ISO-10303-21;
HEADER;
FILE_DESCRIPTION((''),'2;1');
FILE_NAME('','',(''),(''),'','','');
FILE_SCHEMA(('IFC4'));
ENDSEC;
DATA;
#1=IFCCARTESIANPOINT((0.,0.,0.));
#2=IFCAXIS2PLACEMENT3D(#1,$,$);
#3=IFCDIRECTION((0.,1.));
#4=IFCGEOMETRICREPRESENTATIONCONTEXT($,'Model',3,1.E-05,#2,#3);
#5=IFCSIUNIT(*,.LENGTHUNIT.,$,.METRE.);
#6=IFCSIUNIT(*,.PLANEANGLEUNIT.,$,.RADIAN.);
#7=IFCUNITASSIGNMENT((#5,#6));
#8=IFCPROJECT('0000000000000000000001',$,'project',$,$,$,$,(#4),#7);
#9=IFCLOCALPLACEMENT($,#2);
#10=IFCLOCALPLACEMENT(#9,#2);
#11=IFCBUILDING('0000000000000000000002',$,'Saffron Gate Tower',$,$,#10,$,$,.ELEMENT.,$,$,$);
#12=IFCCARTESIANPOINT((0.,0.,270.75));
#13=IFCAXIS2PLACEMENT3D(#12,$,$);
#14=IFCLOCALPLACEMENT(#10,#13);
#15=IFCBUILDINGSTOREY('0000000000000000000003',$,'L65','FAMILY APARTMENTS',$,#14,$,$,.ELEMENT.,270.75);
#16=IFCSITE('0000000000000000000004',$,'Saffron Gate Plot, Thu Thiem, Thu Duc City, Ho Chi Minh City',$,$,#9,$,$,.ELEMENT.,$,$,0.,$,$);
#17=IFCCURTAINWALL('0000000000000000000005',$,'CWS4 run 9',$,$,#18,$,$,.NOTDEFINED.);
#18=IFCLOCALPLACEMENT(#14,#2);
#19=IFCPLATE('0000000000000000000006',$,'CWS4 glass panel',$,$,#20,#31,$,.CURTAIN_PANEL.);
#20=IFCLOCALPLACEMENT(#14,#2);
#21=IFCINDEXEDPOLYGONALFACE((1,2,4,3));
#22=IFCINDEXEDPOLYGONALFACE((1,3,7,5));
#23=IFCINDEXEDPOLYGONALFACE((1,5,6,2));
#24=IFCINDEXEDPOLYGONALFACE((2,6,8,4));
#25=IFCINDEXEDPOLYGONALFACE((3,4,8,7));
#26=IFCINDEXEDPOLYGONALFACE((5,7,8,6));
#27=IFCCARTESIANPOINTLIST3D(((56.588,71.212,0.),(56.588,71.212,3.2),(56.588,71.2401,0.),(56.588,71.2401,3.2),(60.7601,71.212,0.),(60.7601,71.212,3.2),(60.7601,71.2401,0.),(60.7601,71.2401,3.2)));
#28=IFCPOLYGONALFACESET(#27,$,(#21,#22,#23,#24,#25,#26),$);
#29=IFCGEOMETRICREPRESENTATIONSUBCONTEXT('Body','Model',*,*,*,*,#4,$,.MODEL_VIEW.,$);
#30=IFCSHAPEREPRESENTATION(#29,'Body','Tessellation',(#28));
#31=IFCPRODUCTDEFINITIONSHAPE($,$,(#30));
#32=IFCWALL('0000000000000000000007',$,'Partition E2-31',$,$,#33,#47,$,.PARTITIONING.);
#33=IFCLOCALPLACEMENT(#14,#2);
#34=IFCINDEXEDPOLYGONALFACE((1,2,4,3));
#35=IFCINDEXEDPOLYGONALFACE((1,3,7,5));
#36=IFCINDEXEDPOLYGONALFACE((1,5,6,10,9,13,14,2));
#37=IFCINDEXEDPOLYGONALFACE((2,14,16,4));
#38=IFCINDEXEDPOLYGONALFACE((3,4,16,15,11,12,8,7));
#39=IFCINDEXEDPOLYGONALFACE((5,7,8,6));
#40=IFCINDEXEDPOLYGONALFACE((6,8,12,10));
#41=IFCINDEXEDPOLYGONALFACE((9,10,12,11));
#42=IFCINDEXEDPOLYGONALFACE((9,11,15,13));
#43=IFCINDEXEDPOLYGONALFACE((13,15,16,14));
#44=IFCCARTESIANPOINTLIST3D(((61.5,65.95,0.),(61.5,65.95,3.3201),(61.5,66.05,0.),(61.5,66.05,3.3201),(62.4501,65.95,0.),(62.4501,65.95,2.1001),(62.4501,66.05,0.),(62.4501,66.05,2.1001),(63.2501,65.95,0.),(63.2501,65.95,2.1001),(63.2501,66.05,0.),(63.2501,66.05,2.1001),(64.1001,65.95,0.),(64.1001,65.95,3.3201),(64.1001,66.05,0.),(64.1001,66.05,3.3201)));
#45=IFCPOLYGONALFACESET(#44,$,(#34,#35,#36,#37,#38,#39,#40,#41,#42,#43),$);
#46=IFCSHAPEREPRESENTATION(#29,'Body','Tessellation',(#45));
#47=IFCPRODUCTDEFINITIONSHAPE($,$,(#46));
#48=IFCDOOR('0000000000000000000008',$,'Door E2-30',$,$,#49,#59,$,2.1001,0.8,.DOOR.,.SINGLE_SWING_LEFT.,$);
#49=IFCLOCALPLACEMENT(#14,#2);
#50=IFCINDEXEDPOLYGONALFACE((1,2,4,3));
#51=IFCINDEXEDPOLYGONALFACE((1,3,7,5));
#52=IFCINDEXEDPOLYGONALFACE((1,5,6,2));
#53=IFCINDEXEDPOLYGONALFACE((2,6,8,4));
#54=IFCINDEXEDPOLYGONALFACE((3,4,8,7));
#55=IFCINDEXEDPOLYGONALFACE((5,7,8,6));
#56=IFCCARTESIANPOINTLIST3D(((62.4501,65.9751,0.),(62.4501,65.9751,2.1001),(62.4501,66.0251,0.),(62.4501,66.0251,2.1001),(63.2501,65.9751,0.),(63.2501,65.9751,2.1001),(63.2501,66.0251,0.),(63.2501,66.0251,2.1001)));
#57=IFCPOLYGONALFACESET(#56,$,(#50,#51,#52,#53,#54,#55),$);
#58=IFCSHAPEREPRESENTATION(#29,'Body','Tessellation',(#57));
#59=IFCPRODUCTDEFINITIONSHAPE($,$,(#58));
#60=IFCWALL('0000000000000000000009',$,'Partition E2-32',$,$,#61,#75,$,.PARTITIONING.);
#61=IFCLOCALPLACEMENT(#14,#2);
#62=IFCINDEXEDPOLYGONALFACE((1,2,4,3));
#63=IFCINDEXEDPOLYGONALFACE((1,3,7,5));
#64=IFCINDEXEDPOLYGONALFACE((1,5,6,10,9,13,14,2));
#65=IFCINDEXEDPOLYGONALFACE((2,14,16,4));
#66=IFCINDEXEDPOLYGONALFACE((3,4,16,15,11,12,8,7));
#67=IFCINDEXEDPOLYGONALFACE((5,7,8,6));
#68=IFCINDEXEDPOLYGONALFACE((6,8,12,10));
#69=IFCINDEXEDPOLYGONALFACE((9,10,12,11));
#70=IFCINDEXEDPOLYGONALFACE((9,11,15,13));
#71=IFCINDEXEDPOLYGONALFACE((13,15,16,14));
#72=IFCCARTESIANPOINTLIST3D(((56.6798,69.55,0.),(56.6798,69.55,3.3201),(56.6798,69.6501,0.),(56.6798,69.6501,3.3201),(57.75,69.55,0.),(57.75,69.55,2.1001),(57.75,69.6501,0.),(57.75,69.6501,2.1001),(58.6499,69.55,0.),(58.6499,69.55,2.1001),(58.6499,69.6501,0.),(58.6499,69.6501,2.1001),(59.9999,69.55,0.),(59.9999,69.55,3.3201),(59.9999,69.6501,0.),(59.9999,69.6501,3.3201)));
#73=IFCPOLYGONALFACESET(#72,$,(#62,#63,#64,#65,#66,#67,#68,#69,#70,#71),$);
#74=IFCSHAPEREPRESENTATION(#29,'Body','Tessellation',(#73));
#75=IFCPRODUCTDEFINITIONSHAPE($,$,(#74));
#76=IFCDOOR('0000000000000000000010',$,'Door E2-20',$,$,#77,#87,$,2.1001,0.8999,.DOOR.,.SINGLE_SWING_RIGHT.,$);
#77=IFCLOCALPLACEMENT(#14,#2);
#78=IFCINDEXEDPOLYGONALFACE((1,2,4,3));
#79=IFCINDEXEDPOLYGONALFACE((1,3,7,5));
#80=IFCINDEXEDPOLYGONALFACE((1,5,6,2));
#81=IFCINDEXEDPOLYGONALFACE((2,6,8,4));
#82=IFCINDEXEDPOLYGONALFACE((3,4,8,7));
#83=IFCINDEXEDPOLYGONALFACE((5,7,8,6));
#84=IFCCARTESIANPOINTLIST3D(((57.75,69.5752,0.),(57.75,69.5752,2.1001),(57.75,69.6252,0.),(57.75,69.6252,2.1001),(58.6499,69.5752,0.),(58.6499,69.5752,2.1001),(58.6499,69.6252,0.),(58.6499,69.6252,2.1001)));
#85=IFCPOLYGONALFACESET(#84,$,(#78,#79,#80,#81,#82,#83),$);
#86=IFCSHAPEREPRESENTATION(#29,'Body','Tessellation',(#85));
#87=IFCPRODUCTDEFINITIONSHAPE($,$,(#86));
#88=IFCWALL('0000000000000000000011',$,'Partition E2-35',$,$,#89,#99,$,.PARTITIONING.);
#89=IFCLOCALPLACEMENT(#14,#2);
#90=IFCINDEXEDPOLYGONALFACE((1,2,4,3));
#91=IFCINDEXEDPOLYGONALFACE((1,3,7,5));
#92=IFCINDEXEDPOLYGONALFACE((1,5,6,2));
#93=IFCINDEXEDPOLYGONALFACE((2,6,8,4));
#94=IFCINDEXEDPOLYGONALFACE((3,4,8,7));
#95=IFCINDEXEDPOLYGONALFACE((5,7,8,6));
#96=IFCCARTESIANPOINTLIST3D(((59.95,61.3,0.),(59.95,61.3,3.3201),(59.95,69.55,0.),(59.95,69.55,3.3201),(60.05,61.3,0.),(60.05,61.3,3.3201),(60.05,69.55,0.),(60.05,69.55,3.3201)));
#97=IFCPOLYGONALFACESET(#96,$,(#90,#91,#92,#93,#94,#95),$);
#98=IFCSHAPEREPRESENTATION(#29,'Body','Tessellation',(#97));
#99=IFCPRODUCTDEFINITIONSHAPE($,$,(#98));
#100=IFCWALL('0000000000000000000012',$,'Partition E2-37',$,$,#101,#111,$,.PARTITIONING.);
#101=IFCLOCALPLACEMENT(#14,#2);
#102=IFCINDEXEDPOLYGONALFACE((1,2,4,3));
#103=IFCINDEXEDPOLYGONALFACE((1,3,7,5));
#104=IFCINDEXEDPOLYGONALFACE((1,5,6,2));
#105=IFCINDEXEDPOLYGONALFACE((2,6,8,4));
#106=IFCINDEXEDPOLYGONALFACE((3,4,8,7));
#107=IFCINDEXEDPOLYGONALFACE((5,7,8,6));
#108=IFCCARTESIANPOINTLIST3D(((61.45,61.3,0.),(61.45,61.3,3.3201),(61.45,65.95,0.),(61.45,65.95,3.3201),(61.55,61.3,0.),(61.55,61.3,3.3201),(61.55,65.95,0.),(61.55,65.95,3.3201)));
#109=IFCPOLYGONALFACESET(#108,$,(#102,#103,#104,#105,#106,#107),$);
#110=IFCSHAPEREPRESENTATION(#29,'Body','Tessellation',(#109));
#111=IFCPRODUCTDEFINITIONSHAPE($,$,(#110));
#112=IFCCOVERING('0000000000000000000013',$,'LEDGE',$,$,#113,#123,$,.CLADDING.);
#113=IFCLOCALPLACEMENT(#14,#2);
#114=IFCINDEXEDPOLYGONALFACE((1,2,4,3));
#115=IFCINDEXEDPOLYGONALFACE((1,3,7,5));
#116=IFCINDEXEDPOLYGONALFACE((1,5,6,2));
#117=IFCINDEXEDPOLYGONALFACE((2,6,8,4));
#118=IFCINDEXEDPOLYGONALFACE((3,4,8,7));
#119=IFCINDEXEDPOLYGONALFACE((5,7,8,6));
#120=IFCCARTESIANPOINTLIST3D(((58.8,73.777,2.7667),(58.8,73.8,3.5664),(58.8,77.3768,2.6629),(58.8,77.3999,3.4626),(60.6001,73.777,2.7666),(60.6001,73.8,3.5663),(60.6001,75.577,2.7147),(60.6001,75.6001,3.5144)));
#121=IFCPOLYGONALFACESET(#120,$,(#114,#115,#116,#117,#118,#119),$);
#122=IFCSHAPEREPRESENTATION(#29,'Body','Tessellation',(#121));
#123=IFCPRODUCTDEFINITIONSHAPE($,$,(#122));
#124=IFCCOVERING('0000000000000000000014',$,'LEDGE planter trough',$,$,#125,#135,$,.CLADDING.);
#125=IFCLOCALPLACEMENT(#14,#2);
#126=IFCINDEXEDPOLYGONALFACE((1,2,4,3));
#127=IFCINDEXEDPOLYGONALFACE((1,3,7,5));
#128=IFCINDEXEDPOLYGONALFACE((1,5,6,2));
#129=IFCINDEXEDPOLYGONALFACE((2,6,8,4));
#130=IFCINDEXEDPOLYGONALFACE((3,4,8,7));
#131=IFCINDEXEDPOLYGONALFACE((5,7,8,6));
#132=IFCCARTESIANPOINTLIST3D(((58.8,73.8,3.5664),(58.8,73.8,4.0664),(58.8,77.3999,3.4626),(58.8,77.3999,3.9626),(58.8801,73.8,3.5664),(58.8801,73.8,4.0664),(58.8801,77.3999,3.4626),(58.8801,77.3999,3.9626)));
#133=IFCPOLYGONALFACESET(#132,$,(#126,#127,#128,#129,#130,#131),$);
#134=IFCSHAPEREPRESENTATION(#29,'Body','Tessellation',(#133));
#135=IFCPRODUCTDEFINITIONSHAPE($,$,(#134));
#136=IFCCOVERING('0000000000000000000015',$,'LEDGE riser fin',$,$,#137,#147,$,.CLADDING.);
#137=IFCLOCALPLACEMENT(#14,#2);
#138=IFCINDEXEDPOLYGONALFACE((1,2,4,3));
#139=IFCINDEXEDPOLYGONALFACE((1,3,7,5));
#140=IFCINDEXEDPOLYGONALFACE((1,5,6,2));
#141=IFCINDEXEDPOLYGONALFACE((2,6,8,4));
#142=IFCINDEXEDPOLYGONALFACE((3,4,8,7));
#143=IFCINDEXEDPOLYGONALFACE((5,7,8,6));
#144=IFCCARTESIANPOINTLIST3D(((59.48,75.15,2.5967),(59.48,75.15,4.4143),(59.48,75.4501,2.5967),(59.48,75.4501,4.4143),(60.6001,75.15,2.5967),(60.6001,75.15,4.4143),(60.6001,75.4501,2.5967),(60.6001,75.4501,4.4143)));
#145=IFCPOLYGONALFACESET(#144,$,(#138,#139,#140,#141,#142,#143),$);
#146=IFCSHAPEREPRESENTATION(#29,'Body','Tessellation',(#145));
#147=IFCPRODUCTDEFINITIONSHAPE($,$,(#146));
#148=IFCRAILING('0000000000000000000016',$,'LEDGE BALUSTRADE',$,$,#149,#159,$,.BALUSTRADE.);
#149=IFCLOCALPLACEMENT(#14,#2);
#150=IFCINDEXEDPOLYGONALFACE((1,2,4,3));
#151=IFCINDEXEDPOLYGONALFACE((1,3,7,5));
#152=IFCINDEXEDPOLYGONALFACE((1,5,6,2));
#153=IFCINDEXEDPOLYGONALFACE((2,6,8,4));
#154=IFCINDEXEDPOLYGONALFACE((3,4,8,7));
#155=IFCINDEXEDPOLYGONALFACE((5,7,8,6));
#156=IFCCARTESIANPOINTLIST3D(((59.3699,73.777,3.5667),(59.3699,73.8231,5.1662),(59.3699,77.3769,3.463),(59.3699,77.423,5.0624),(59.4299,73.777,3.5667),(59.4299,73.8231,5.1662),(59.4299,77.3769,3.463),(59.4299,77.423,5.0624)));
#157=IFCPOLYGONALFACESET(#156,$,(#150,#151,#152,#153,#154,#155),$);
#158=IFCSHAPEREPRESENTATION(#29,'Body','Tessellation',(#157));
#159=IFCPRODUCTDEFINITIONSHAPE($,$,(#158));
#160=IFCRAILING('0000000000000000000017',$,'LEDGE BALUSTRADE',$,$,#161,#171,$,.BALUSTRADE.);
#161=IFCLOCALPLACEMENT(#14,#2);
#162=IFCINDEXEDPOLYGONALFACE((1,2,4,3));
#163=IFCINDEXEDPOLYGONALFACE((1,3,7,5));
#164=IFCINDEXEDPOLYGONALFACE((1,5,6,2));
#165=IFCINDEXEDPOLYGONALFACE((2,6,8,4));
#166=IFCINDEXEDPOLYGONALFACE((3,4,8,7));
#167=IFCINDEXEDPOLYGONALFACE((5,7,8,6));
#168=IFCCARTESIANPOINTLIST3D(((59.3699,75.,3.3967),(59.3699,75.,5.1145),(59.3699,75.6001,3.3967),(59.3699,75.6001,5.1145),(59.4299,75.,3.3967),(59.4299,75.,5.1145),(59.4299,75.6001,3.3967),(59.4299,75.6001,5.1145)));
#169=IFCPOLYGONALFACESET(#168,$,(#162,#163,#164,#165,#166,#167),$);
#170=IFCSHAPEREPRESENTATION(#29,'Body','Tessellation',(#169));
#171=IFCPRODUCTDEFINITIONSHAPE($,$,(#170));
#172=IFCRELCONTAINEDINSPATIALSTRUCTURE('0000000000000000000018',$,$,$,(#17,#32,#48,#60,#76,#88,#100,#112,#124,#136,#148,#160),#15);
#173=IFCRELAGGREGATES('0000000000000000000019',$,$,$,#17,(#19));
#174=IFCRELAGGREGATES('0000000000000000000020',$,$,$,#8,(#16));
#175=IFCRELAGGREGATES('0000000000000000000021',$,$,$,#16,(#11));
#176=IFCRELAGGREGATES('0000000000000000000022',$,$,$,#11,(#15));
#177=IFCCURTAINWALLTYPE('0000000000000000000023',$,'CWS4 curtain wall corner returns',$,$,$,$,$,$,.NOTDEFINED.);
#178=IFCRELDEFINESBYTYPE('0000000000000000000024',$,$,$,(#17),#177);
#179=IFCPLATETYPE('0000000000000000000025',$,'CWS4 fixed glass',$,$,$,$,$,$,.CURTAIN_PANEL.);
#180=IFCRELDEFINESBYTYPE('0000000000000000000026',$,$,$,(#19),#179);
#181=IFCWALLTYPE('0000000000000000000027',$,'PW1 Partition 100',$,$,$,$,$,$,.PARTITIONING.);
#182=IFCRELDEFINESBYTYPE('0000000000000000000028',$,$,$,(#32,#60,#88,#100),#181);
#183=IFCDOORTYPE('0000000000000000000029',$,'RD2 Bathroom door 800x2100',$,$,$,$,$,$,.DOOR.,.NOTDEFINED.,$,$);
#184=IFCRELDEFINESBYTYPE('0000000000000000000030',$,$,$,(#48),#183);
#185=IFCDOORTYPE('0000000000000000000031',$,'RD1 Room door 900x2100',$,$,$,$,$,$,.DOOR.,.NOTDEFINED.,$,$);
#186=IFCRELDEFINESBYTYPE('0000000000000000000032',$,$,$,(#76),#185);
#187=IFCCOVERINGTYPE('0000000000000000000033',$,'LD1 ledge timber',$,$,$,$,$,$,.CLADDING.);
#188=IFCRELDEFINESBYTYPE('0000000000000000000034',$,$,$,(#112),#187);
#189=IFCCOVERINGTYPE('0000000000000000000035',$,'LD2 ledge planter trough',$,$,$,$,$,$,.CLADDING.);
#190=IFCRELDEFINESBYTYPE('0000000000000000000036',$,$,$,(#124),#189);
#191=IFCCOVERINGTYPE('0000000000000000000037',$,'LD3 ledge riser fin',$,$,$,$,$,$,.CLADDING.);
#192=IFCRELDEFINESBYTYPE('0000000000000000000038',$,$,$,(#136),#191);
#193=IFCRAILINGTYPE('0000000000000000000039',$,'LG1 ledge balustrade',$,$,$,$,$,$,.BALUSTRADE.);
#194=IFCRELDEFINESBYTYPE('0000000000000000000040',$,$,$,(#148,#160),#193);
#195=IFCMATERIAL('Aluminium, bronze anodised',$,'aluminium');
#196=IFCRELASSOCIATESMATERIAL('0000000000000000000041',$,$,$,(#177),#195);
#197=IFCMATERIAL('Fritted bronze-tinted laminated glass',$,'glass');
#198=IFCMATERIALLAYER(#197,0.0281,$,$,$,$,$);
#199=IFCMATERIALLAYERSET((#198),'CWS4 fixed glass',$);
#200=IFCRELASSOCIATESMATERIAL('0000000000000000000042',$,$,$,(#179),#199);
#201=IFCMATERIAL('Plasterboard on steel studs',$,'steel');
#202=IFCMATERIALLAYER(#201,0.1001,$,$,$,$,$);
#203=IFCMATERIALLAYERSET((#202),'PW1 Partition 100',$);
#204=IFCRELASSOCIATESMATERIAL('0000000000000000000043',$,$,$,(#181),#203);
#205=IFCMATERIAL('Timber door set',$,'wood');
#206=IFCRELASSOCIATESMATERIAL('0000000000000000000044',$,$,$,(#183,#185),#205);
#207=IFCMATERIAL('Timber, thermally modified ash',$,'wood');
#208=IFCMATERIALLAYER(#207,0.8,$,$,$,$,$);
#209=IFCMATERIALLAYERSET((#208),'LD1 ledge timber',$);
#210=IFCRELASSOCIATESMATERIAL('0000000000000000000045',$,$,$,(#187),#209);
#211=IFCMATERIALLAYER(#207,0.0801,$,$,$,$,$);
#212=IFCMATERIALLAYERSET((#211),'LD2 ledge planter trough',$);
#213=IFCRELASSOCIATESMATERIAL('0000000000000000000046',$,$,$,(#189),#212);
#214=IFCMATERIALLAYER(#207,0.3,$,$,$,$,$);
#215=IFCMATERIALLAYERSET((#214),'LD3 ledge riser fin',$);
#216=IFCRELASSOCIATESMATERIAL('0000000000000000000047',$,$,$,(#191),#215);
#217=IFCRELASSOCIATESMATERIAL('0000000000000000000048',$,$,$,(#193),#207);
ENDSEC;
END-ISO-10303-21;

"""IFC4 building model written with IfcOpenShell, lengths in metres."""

from ifc_helpers import new_model, si_unit, direction, frame, frame_2d, origin, origin_2d, place, context, subcontext, project, spatial, polyline, rectangle, outline, extrude, material, layer, layer_set, type_object, element, fill, aggregate, save


model = new_model("IFC4")

# Units and contexts
model_context = context("Model", 3, precision=1e-05, world=origin(), true_north=direction((0.0, 1.0)))
body_context = subcontext(model_context, "Body", "Model", "MODEL_VIEW")
ifc_project = project(units=[si_unit("LENGTHUNIT", "METRE"), si_unit("PLANEANGLEUNIT", "RADIAN")], contexts=[model_context])

# Site, building, storey
site_placement = place(None, origin())
site = spatial("IfcSite", under=ifc_project, at=site_placement, Name="Saffron Gate Plot, Thu Thiem, Thu Duc City, Ho Chi Minh City", CompositionType="ELEMENT", RefElevation=0.0)
building_placement = place(site_placement, origin())
building = spatial("IfcBuilding", under=site, at=building_placement, Name="Saffron Gate Tower", CompositionType="ELEMENT")
storey_placement = place(building_placement, frame((0.0, 0.0, 270.75)))
storey = spatial("IfcBuildingStorey", under=building, at=storey_placement, Name="L65", Description="FAMILY APARTMENTS", CompositionType="ELEMENT", Elevation=270.75)

# Shared definitions
ifc_material_1 = material(Name="Aluminium, bronze anodised", Category="aluminium")

# Curtain wall
curtain_wall_type_1 = type_object("IfcCurtainWallType", Name="CWS4 curtain wall corner returns", PredefinedType="NOTDEFINED", material=ifc_material_1)
curtain_wall_1_placement = place(storey_placement, origin())
curtain_wall_1 = element("IfcCurtainWall", 1, at=curtain_wall_1_placement, inside=storey, type_object=curtain_wall_type_1, Name="CWS4 run 9", PredefinedType="NOTDEFINED")

# Shared definitions
ifc_material_2 = material(Name="Fritted bronze-tinted laminated glass", Category="glass")

# Plate
ifc_layer_1 = layer(ifc_material_2, 0.0281)
ifc_layer_set_1 = layer_set([ifc_layer_1], Name="CWS4 fixed glass")
plate_type_1 = type_object("IfcPlateType", Name="CWS4 fixed glass", PredefinedType="CURTAIN_PANEL", material=ifc_layer_set_1)
plate_1_placement = place(storey_placement, frame((60.76, 71.2261, 0.0), z_axis=(0.0, 0.0, 1.0), x_axis=(-1.0, 0.0, 0.0)))
plate_1 = element("IfcPlate", 2, at=plate_1_placement, type_object=plate_type_1, Name="CWS4 glass panel", PredefinedType="CURTAIN_PANEL", context=body_context, shape_type="SweptSolid", body=[
    extrude(rectangle(XDim=4.1721, YDim=0.0281, at=frame_2d((2.0859, 0.0))), origin(), (0.0, 0.0, 1.0), 3.2),
])
aggregate(curtain_wall_1, [plate_1])

# Walls, openings, doors
ifc_material_3 = material(Name="Plasterboard on steel studs", Category="steel")
ifc_layer_2 = layer(ifc_material_3, 0.1001)
ifc_layer_set_2 = layer_set([ifc_layer_2], Name="PW1 Partition 100")
wall_type = type_object("IfcWallType", Name="PW1 Partition 100", PredefinedType="PARTITIONING", material=ifc_layer_set_2)
wall_1_placement = place(storey_placement, frame((64.1001, 66.0, 0.0), z_axis=(0.0, 0.0, 1.0), x_axis=(-1.0, 0.0, 0.0)))
wall_1 = element("IfcWall", 3, at=wall_1_placement, inside=storey, type_object=wall_type, Name="Partition E2-31", PredefinedType="PARTITIONING", context=body_context, shape_type="SweptSolid", body=[
    extrude(rectangle(XDim=2.6001, YDim=0.1001, at=frame_2d((1.3, 0.0))), origin(), (0.0, 0.0, 1.0), 3.3201),
])
opening_1_placement = place(wall_1_placement, frame((0.8501, 0.0, 0.0)))
opening_1 = element("IfcOpeningElement", 4, at=opening_1_placement, cuts=wall_1, PredefinedType="OPENING", context=body_context, shape_type="SweptSolid", body=[
    extrude(rectangle(XDim=0.8, YDim=2.1001, at=frame_2d((0.3999, 1.05))), frame((0.0, 0.0601, 0.0), z_axis=(0.0, -1.0, 0.0), x_axis=(1.0, 0.0, 0.0)), (0.0, 0.0, 1.0), 0.1201),
])
ifc_material_4 = material(Name="Timber door set", Category="wood")
door_type_1 = type_object("IfcDoorType", Name="RD2 Bathroom door 800x2100", OperationType="NOTDEFINED", PredefinedType="DOOR", material=ifc_material_4)
door_1_placement = place(opening_1_placement, origin())
door_1 = element("IfcDoor", 5, at=door_1_placement, inside=storey, type_object=door_type_1, Name="Door E2-30", OperationType="SINGLE_SWING_LEFT", OverallHeight=2.1001, OverallWidth=0.8, PredefinedType="DOOR", context=body_context, shape_type="SweptSolid", body=[
    extrude(rectangle(XDim=0.8, YDim=2.1001, at=frame_2d((0.3999, 1.05))), frame((0.0, 0.0249, 0.0), z_axis=(0.0, -1.0, 0.0), x_axis=(1.0, 0.0, 0.0)), (0.0, 0.0, 1.0), 0.05),
])
fill(opening_1, door_1)
wall_2_placement = place(storey_placement, frame((60.0, 69.6001, 0.0), z_axis=(0.0, 0.0, 1.0), x_axis=(-1.0, 0.0, 0.0)))
wall_2 = element("IfcWall", 6, at=wall_2_placement, inside=storey, type_object=wall_type, Name="Partition E2-32", PredefinedType="PARTITIONING", context=body_context, shape_type="SweptSolid", body=[
    extrude(rectangle(XDim=3.3201, YDim=0.1001, at=frame_2d((1.6602, 0.0))), origin(), (0.0, 0.0, 1.0), 3.3201),
])
opening_2_placement = place(wall_2_placement, frame((1.3501, 0.0, 0.0)))
opening_2 = element("IfcOpeningElement", 7, at=opening_2_placement, cuts=wall_2, PredefinedType="OPENING", context=body_context, shape_type="SweptSolid", body=[
    extrude(rectangle(XDim=0.8999, YDim=2.1001, at=frame_2d((0.45, 1.05))), frame((0.0, 0.0601, 0.0), z_axis=(0.0, -1.0, 0.0), x_axis=(1.0, 0.0, 0.0)), (0.0, 0.0, 1.0), 0.1201),
])
door_type_2 = type_object("IfcDoorType", Name="RD1 Room door 900x2100", OperationType="NOTDEFINED", PredefinedType="DOOR", material=ifc_material_4)
door_2_placement = place(opening_2_placement, origin())
door_2 = element("IfcDoor", 8, at=door_2_placement, inside=storey, type_object=door_type_2, Name="Door E2-20", OperationType="SINGLE_SWING_RIGHT", OverallHeight=2.1001, OverallWidth=0.8999, PredefinedType="DOOR", context=body_context, shape_type="SweptSolid", body=[
    extrude(rectangle(XDim=0.8999, YDim=2.1001, at=frame_2d((0.45, 1.05))), frame((0.0, 0.0249, 0.0), z_axis=(0.0, -1.0, 0.0), x_axis=(1.0, 0.0, 0.0)), (0.0, 0.0, 1.0), 0.05),
])
fill(opening_2, door_2)

# Walls
wall_3_placement = place(storey_placement, frame((60.0, 69.55, 0.0), z_axis=(0.0, 0.0, 1.0), x_axis=(0.0, -1.0, 0.0)))
element("IfcWall", 9, at=wall_3_placement, inside=storey, type_object=wall_type, Name="Partition E2-35", PredefinedType="PARTITIONING", context=body_context, shape_type="SweptSolid", body=[
    extrude(rectangle(XDim=8.25, YDim=0.1001, at=frame_2d((4.125, 0.0))), origin(), (0.0, 0.0, 1.0), 3.3201),
])
wall_4_placement = place(storey_placement, frame((61.5, 65.95, 0.0), z_axis=(0.0, 0.0, 1.0), x_axis=(0.0, -1.0, 0.0)))
element("IfcWall", 10, at=wall_4_placement, inside=storey, type_object=wall_type, Name="Partition E2-37", PredefinedType="PARTITIONING", context=body_context, shape_type="SweptSolid", body=[
    extrude(rectangle(XDim=4.6499, YDim=0.1001, at=frame_2d((2.325, 0.0))), origin(), (0.0, 0.0, 1.0), 3.3201),
])

# Coverings
ifc_material_5 = material(Name="Timber, thermally modified ash", Category="wood")
ifc_layer_3 = layer(ifc_material_5, 0.8)
ifc_layer_set_3 = layer_set([ifc_layer_3], Name="LD1 ledge timber")
covering_type_1 = type_object("IfcCoveringType", Name="LD1 ledge timber", PredefinedType="CLADDING", material=ifc_layer_set_3)
covering_1_placement = place(storey_placement, frame((60.6001, 75.6001, 3.5144), z_axis=(0.000044, 0.028833, 0.999584), x_axis=(0.0, -0.999584, 0.028833)))
element("IfcCovering", 11, at=covering_1_placement, inside=storey, type_object=covering_type_1, Name="LEDGE", PredefinedType="CLADDING", context=body_context, shape_type="SweptSolid", body=[
    extrude(outline(polyline([(0.0, 0.0), (1.8008, 0.0), (1.8008, -1.8), (-1.8005, -1.8), (0.0, 0.0)])), origin(), (0.0, 0.0, -1.0), 0.8),
])
ifc_layer_4 = layer(ifc_material_5, 0.0801)
ifc_layer_set_4 = layer_set([ifc_layer_4], Name="LD2 ledge planter trough")
covering_type_2 = type_object("IfcCoveringType", Name="LD2 ledge planter trough", PredefinedType="CLADDING", material=ifc_layer_set_4)
covering_2_placement = place(storey_placement, frame((58.8, 77.3999, 3.4626), z_axis=(-1.0, 0.0, 0.0), x_axis=(0.0, -0.999585, 0.028811)))
element("IfcCovering", 12, at=covering_2_placement, inside=storey, type_object=covering_type_2, Name="LEDGE planter trough", PredefinedType="CLADDING", context=body_context, shape_type="SweptSolid", body=[
    extrude(outline(polyline([(0.0, 0.0), (3.6013, 0.0), (3.6158, 0.4998), (0.0144, 0.4998), (0.0, 0.0)])), origin(), (0.0, 0.0, -1.0), 0.0801),
])
ifc_layer_5 = layer(ifc_material_5, 0.3)
ifc_layer_set_5 = layer_set([ifc_layer_5], Name="LD3 ledge riser fin")
covering_type_3 = type_object("IfcCoveringType", Name="LD3 ledge riser fin", PredefinedType="CLADDING", material=ifc_layer_set_5)
covering_3_placement = place(storey_placement, frame((60.04, 75.3, 2.5967), z_axis=(0.0, 0.0, 1.0), x_axis=(0.0, -1.0, 0.0)))
element("IfcCovering", 13, at=covering_3_placement, inside=storey, type_object=covering_type_3, Name="LEDGE riser fin", PredefinedType="CLADDING", context=body_context, shape_type="SweptSolid", body=[
    extrude(rectangle(XDim=0.3, YDim=1.1201, at=origin_2d()), origin(), (0.0, 0.0, 1.0), 1.8176),
])

# Railings
railing_type_1 = type_object("IfcRailingType", Name="LG1 ledge balustrade", PredefinedType="BALUSTRADE", material=ifc_material_5)
railing_1_placement = place(storey_placement, frame((59.3999, 77.3999, 3.4626)))
element("IfcRailing", 14, at=railing_1_placement, inside=storey, type_object=railing_type_1, Name="LEDGE BALUSTRADE", PredefinedType="BALUSTRADE", context=body_context, shape_type="SweptSolid", body=[
    extrude(rectangle(XDim=0.0601, YDim=1.6001, at=origin_2d()), frame((0.0, 0.0, 0.8), z_axis=(0.0, -0.999585, 0.028811), x_axis=(1.0, 0.0, 0.0)), (0.0, 0.0, 1.0), 3.6013),
])
railing_2_placement = place(storey_placement, frame((59.3999, 75.6001, 3.3967)))
element("IfcRailing", 15, at=railing_2_placement, inside=storey, type_object=railing_type_1, Name="LEDGE BALUSTRADE", PredefinedType="BALUSTRADE", context=body_context, shape_type="SweptSolid", body=[
    extrude(rectangle(XDim=0.0601, YDim=1.7178, at=origin_2d()), frame((0.0, 0.0, 0.8589), z_axis=(0.0, -1.0, 0.0), x_axis=(1.0, 0.0, 0.0)), (0.0, 0.0, 1.0), 0.6001),
])

save(model, "model.ifc")
